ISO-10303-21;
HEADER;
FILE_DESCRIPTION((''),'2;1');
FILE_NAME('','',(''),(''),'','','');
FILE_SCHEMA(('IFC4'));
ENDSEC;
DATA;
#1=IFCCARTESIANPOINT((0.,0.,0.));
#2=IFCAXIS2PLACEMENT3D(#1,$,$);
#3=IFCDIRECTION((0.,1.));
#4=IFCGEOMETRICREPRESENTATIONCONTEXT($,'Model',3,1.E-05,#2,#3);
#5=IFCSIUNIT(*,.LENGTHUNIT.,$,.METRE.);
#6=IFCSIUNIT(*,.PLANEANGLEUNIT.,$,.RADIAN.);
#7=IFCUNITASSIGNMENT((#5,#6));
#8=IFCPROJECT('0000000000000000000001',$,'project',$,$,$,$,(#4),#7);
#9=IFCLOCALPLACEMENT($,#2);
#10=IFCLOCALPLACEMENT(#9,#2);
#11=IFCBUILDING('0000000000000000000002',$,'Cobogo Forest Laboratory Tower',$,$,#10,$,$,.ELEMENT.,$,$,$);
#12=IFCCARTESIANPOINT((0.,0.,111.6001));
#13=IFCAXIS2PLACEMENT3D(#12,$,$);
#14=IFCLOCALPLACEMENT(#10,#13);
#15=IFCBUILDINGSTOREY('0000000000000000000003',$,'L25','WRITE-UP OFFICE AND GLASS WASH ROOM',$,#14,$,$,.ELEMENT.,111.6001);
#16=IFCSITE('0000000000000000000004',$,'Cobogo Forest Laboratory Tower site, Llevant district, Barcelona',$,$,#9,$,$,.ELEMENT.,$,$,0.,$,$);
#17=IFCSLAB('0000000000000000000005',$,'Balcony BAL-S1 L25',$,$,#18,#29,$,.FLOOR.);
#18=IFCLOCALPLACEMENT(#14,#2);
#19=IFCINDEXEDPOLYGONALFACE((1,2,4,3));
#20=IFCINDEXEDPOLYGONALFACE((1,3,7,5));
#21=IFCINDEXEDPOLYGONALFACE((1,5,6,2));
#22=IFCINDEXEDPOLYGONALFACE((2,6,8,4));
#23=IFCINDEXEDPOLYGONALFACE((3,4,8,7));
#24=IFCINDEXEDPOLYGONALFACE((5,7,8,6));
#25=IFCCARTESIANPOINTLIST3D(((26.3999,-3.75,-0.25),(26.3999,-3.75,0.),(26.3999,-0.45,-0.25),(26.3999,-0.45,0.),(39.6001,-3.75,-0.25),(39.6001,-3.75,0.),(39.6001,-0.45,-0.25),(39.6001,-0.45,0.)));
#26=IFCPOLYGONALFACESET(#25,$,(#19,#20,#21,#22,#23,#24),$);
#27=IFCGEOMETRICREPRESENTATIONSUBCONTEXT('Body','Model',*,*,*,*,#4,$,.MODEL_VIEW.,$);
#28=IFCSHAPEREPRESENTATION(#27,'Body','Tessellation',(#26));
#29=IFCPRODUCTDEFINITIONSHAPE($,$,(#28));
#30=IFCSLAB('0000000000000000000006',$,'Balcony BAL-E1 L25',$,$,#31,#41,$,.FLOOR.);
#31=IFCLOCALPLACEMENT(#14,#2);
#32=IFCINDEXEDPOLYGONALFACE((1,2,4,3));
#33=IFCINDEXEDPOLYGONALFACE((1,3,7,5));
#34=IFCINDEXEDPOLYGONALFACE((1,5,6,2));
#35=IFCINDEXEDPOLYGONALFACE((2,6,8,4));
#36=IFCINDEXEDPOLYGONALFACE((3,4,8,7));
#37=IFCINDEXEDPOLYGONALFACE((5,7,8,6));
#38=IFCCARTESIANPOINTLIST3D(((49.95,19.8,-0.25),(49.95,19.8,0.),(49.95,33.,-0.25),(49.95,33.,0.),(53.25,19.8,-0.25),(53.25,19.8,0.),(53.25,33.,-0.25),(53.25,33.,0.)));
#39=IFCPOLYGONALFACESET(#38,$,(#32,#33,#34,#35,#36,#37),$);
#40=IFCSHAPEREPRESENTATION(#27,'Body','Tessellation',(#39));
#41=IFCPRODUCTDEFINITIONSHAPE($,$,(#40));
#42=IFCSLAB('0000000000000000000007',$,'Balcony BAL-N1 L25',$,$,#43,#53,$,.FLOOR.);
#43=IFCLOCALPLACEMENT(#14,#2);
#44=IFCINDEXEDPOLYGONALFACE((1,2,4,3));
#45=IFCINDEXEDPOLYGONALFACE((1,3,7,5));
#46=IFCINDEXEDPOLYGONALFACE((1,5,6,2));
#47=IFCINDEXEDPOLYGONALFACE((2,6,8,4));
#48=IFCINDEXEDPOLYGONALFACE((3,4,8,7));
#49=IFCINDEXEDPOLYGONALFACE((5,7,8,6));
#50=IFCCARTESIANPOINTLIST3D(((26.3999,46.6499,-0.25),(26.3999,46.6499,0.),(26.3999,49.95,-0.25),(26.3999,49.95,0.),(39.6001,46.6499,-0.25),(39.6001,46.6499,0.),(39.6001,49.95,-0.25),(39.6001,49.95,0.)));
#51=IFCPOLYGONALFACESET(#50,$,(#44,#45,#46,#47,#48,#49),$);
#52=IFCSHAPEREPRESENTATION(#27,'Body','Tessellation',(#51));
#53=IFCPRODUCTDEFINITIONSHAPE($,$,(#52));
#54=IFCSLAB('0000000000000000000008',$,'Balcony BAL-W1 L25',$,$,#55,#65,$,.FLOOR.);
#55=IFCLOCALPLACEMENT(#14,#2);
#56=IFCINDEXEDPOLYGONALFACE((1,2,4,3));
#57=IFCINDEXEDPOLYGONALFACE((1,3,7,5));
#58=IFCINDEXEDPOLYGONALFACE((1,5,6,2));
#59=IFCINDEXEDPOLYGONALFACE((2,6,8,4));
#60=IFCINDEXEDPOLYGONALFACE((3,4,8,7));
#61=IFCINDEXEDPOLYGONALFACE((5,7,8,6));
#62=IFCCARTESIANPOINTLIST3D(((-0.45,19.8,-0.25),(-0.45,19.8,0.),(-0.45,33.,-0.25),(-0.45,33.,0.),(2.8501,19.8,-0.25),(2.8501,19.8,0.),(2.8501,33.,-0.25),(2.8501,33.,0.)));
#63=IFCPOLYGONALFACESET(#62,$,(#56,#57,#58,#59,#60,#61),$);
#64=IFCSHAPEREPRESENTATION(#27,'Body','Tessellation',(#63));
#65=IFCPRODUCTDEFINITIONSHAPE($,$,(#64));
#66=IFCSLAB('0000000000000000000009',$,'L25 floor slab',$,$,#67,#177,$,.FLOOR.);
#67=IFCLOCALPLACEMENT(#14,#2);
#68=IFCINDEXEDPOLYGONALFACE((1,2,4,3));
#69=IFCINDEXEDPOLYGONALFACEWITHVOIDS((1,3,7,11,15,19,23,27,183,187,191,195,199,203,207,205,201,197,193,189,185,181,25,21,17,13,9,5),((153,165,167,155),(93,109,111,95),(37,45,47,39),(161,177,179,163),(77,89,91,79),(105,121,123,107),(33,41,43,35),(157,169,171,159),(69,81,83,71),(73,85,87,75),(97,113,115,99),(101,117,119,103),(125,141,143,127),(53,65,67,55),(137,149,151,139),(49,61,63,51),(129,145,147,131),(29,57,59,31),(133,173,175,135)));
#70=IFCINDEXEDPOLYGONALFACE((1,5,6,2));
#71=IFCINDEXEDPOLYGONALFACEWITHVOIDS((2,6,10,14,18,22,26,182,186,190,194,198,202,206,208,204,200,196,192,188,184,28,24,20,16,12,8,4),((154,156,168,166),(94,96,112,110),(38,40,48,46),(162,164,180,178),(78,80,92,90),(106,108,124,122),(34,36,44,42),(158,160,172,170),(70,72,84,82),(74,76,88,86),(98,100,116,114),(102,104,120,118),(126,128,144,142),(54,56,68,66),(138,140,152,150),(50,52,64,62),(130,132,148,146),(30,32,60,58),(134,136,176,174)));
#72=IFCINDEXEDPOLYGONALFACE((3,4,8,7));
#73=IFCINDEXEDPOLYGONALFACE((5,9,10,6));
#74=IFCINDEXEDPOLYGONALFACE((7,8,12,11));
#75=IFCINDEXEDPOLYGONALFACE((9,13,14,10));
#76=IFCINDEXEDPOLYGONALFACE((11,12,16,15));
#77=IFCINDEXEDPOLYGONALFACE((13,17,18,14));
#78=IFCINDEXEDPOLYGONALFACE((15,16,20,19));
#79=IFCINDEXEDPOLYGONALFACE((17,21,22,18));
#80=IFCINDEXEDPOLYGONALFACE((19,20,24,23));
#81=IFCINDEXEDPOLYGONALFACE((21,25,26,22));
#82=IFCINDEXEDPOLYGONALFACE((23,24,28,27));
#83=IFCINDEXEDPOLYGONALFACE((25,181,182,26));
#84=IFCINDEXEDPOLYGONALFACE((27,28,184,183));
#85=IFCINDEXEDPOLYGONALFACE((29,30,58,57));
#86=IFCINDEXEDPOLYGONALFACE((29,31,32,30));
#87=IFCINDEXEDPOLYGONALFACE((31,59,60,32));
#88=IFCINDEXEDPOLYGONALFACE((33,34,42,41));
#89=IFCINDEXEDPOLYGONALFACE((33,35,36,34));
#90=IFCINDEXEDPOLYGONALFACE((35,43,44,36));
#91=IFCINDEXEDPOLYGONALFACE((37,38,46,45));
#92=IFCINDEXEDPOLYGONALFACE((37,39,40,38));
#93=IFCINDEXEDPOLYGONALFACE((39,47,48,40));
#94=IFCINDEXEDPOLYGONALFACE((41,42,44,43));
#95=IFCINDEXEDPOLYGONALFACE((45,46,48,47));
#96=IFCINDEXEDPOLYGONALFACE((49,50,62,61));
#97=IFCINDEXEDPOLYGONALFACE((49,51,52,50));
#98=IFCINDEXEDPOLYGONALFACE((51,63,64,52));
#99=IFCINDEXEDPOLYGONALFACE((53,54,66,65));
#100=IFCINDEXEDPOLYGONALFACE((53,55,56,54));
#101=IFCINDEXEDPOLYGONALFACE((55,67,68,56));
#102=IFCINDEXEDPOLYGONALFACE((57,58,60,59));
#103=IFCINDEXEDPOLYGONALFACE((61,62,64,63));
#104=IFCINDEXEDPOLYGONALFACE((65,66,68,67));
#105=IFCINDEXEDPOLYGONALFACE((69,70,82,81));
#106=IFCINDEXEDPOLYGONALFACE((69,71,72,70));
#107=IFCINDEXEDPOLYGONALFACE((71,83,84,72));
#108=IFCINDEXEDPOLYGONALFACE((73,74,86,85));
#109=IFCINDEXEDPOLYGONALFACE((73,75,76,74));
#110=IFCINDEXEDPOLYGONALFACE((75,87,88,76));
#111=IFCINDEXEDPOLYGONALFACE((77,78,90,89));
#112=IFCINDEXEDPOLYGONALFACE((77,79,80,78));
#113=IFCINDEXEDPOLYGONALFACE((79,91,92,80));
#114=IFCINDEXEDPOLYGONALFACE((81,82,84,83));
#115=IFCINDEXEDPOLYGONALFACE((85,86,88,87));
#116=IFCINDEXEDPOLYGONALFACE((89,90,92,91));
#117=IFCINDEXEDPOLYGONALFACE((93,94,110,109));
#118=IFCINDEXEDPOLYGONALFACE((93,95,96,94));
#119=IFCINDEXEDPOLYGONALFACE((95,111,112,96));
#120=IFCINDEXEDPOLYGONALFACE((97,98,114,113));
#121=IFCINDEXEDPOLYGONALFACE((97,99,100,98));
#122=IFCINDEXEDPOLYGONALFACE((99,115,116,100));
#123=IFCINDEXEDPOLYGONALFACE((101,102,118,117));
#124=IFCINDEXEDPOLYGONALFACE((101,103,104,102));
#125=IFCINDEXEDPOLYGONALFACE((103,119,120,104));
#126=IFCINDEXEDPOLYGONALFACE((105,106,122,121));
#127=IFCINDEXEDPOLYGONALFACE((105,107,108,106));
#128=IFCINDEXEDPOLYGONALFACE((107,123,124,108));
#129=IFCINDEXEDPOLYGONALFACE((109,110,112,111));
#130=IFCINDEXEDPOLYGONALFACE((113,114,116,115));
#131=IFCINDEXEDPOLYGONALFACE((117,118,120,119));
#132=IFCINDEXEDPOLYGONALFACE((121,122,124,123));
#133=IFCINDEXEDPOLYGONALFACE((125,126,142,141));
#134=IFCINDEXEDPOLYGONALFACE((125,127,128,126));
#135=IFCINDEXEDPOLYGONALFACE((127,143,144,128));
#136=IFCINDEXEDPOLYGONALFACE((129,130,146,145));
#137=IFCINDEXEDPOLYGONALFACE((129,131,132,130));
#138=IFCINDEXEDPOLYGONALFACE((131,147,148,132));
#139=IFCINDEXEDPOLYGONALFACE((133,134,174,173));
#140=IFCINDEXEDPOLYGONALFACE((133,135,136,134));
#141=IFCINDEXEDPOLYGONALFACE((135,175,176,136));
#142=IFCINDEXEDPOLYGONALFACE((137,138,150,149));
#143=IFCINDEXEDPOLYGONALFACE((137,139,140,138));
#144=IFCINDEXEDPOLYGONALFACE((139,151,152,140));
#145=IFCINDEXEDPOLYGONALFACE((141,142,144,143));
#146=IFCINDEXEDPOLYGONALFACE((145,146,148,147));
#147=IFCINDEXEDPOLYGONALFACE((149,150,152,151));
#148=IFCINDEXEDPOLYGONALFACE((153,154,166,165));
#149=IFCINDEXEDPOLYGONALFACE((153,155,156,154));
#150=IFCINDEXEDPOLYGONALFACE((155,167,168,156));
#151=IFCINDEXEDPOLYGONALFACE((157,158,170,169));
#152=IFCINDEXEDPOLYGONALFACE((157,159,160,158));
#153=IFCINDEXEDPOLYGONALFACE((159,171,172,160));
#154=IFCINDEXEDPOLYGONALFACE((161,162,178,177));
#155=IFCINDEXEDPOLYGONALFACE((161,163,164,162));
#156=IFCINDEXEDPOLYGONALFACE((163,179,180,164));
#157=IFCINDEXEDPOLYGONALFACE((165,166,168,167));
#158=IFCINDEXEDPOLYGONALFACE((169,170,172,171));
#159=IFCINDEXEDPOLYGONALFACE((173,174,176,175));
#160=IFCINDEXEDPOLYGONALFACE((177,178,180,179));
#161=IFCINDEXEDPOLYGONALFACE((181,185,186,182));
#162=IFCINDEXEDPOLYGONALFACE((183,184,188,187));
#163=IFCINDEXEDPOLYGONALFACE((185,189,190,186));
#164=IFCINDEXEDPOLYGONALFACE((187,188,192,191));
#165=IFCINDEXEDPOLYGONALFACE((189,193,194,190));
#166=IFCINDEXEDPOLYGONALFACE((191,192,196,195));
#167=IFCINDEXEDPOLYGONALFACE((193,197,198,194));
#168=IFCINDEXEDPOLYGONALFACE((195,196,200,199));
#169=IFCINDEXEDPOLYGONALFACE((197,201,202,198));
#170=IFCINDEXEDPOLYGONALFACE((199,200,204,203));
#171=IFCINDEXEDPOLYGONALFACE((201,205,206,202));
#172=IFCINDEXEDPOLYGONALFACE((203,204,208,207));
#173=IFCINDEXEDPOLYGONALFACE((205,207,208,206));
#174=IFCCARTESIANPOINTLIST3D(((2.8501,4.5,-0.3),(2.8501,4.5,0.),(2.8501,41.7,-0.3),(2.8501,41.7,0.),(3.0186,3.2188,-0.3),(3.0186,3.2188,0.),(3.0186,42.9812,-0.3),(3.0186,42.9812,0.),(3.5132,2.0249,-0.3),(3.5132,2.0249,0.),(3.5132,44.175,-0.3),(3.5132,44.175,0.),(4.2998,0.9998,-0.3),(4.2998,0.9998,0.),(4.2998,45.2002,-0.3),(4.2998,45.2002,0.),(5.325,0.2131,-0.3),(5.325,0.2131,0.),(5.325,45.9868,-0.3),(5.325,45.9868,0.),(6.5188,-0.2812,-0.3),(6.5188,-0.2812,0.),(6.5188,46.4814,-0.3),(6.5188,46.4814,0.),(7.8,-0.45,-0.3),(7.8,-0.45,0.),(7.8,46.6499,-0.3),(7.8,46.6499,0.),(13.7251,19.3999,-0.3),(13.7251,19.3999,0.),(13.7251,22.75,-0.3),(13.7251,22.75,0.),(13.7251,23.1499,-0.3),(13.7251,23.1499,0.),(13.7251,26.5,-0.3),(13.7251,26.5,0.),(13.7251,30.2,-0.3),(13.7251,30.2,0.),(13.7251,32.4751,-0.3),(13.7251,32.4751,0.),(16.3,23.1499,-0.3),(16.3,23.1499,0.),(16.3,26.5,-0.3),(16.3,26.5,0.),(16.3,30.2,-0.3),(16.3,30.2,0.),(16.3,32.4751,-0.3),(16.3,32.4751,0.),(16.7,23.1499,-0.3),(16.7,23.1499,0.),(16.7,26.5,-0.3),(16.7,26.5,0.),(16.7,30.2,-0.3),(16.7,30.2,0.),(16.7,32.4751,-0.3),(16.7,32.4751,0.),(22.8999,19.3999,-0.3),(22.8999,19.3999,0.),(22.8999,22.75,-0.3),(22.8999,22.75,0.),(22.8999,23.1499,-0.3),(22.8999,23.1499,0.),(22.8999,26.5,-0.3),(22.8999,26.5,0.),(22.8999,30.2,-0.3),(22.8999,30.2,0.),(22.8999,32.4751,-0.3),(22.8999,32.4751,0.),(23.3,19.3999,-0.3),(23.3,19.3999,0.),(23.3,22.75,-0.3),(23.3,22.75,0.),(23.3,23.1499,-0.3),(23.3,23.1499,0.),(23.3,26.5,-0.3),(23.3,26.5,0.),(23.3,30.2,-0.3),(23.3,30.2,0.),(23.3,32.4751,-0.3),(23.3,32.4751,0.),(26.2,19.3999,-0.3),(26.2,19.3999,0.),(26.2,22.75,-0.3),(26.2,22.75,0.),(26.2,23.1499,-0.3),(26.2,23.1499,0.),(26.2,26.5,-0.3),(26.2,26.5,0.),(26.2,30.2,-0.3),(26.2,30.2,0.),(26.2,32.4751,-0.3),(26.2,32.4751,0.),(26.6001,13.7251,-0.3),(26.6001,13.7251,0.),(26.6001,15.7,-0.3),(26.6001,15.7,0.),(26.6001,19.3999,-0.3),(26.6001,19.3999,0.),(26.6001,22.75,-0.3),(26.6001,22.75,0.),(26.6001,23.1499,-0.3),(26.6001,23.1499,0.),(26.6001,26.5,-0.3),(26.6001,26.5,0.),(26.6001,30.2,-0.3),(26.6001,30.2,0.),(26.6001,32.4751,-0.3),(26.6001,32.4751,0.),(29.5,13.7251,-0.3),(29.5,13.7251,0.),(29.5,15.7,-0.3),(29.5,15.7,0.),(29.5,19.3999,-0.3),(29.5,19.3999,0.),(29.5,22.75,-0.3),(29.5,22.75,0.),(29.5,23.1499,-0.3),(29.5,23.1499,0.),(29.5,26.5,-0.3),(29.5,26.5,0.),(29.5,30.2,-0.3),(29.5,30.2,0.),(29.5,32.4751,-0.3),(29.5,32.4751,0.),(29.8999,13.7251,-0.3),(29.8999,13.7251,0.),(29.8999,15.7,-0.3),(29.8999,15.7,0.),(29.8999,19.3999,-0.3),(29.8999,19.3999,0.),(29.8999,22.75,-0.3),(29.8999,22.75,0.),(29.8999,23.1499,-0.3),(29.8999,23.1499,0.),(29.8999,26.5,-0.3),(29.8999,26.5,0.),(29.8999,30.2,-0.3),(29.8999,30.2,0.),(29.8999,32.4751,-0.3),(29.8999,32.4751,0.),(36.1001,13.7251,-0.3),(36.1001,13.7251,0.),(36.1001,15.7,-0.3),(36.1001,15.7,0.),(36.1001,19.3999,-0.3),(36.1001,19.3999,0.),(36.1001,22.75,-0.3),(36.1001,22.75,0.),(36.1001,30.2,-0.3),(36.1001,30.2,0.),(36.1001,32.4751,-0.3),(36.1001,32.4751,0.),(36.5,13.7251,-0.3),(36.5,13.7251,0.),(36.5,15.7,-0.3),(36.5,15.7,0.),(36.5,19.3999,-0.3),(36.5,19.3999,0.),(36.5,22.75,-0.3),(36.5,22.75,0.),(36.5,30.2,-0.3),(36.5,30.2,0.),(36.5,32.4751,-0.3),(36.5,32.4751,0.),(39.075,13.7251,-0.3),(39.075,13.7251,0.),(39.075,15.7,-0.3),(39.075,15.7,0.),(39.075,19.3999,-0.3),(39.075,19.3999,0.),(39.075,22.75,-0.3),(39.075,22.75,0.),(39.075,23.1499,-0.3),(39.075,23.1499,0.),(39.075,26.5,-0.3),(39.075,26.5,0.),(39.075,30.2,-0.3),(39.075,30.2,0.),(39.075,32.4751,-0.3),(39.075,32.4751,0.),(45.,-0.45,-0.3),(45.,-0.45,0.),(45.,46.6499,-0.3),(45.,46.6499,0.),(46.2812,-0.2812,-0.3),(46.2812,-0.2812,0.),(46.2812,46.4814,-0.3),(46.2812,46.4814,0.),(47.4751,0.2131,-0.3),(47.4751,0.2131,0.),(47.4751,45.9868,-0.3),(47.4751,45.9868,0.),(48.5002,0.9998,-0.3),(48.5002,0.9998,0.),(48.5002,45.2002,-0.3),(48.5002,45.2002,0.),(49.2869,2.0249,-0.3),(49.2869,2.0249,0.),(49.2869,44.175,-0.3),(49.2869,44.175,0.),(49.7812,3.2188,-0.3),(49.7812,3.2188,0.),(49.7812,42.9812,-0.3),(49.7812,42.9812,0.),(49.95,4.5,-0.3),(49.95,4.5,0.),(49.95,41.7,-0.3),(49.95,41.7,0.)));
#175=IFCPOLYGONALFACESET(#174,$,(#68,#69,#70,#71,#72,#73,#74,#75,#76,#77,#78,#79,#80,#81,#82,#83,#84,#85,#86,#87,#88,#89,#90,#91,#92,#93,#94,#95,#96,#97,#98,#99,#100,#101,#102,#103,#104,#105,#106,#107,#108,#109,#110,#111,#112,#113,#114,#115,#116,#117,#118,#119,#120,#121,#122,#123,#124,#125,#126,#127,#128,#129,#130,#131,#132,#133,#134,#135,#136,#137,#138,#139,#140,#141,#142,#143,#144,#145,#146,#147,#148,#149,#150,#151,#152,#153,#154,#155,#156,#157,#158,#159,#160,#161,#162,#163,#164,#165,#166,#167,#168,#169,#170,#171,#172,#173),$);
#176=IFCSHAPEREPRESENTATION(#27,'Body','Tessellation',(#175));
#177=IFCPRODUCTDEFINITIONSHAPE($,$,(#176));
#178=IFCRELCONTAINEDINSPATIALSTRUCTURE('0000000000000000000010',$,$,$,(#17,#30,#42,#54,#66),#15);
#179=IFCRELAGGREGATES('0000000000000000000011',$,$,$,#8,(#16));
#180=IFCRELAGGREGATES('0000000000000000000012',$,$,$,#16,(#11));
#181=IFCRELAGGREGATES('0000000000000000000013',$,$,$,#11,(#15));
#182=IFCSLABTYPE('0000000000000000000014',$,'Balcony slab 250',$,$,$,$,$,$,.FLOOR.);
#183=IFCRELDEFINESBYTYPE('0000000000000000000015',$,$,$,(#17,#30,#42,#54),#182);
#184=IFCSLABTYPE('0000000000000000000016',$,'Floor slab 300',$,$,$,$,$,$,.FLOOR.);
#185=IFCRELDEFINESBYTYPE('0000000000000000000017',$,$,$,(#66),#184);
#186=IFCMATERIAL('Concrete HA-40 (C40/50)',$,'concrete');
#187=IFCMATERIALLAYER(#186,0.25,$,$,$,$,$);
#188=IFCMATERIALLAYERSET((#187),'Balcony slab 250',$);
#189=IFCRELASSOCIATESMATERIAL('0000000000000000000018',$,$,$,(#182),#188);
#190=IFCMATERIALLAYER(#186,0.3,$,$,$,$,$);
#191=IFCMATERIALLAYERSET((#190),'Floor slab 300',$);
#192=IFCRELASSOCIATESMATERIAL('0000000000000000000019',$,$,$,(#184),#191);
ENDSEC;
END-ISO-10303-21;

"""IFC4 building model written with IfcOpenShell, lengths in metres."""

from ifc_helpers import new_model, si_unit, direction, frame, origin, place, context, subcontext, project, spatial, polyline, outline, extrude, material, layer, layer_set, type_object, element, save


model = new_model("IFC4")

# Units and contexts
model_context = context("Model", 3, precision=1e-05, world=origin(), true_north=direction((0.0, 1.0)))
body_context = subcontext(model_context, "Body", "Model", "MODEL_VIEW")
ifc_project = project(units=[si_unit("LENGTHUNIT", "METRE"), si_unit("PLANEANGLEUNIT", "RADIAN")], contexts=[model_context])

# Site, building, storey
site_placement = place(None, origin())
site = spatial("IfcSite", under=ifc_project, at=site_placement, Name="Cobogo Forest Laboratory Tower site, Llevant district, Barcelona", CompositionType="ELEMENT", RefElevation=0.0)
building_placement = place(site_placement, origin())
building = spatial("IfcBuilding", under=site, at=building_placement, Name="Cobogo Forest Laboratory Tower", CompositionType="ELEMENT")
storey_placement = place(building_placement, frame((0.0, 0.0, 111.6001)))
storey = spatial("IfcBuildingStorey", under=building, at=storey_placement, Name="L25", Description="WRITE-UP OFFICE AND GLASS WASH ROOM", CompositionType="ELEMENT", Elevation=111.6001)

# Slabs
ifc_material_1 = material(Name="Concrete HA-40 (C40/50)", Category="concrete")
ifc_layer_1 = layer(ifc_material_1, 0.25)
ifc_layer_set_1 = layer_set([ifc_layer_1], Name="Balcony slab 250")
slab_type_1 = type_object("IfcSlabType", Name="Balcony slab 250", PredefinedType="FLOOR", material=ifc_layer_set_1)
slab_1_placement = place(storey_placement, frame((0.0, 0.0, -0.25)))
element("IfcSlab", 1, at=slab_1_placement, inside=storey, type_object=slab_type_1, Name="Balcony BAL-S1 L25", PredefinedType="FLOOR", context=body_context, shape_type="SweptSolid", body=[
    extrude(outline(polyline([(26.3999, -3.75), (39.6001, -3.75), (39.6001, -0.45), (26.3999, -0.45), (26.3999, -3.75)])), origin(), (0.0, 0.0, 1.0), 0.25),
])
slab_2_placement = place(storey_placement, frame((0.0, 0.0, -0.25)))
element("IfcSlab", 2, at=slab_2_placement, inside=storey, type_object=slab_type_1, Name="Balcony BAL-E1 L25", PredefinedType="FLOOR", context=body_context, shape_type="SweptSolid", body=[
    extrude(outline(polyline([(49.95, 19.8), (53.25, 19.8), (53.25, 33.0), (49.95, 33.0), (49.95, 19.8)])), origin(), (0.0, 0.0, 1.0), 0.25),
])
slab_3_placement = place(storey_placement, frame((0.0, 0.0, -0.25)))
element("IfcSlab", 3, at=slab_3_placement, inside=storey, type_object=slab_type_1, Name="Balcony BAL-N1 L25", PredefinedType="FLOOR", context=body_context, shape_type="SweptSolid", body=[
    extrude(outline(polyline([(26.3999, 46.6499), (39.6001, 46.6499), (39.6001, 49.95), (26.3999, 49.95), (26.3999, 46.6499)])), origin(), (0.0, 0.0, 1.0), 0.25),
])
slab_4_placement = place(storey_placement, frame((0.0, 0.0, -0.25)))
element("IfcSlab", 4, at=slab_4_placement, inside=storey, type_object=slab_type_1, Name="Balcony BAL-W1 L25", PredefinedType="FLOOR", context=body_context, shape_type="SweptSolid", body=[
    extrude(outline(polyline([(-0.45, 19.8), (2.8501, 19.8), (2.8501, 33.0), (-0.45, 33.0), (-0.45, 19.8)])), origin(), (0.0, 0.0, 1.0), 0.25),
])
ifc_layer_2 = layer(ifc_material_1, 0.3)
ifc_layer_set_2 = layer_set([ifc_layer_2], Name="Floor slab 300")
slab_type_2 = type_object("IfcSlabType", Name="Floor slab 300", PredefinedType="FLOOR", material=ifc_layer_set_2)
slab_5_placement = place(storey_placement, frame((0.0, 0.0, -0.3)))
element("IfcSlab", 5, at=slab_5_placement, inside=storey, type_object=slab_type_2, Name="L25 floor slab", PredefinedType="FLOOR", context=body_context, shape_type="SweptSolid", body=[
    extrude(outline(polyline([(45.0, -0.45), (46.2812, -0.2812), (47.4751, 0.2131), (48.5002, 0.9998), (49.2869, 2.0249), (49.7812, 3.2188), (49.95, 4.5), (49.95, 41.7), (49.7812, 42.9812), (49.2869, 44.175), (48.5002, 45.2002), (47.4751, 45.9868), (46.2812, 46.4814), (45.0, 46.6499), (7.8, 46.6499), (6.5188, 46.4814), (5.325, 45.9868), (4.2998, 45.2002), (3.5132, 44.175), (3.0186, 42.9812), (2.8501, 41.7), (2.8501, 4.5), (3.0186, 3.2188), (3.5132, 2.0249), (4.2998, 0.9998), (5.325, 0.2131), (6.5188, -0.2812), (7.8, -0.45), (45.0, -0.45)]), holes=[polyline([(29.5, 13.7251), (26.6001, 13.7251), (26.6001, 15.7), (29.5, 15.7), (29.5, 13.7251)]), polyline([(36.1001, 15.7), (36.1001, 13.7251), (29.8999, 13.7251), (29.8999, 15.7), (36.1001, 15.7)]), polyline([(36.5, 13.7251), (36.5, 15.7), (39.075, 15.7), (39.075, 13.7251), (36.5, 13.7251)]), polyline([(13.7251, 19.3999), (13.7251, 22.75), (22.8999, 22.75), (22.8999, 19.3999), (13.7251, 19.3999)]), polyline([(23.3, 19.3999), (23.3, 22.75), (26.2, 22.75), (26.2, 19.3999), (23.3, 19.3999)]), polyline([(29.5, 19.3999), (26.6001, 19.3999), (26.6001, 22.75), (29.5, 22.75), (29.5, 19.3999)]), polyline([(36.1001, 22.75), (36.1001, 19.3999), (29.8999, 19.3999), (29.8999, 22.75), (36.1001, 22.75)]), polyline([(39.075, 19.3999), (36.5, 19.3999), (36.5, 22.75), (39.075, 22.75), (39.075, 19.3999)]), polyline([(16.3, 23.1499), (13.7251, 23.1499), (13.7251, 26.5), (16.3, 26.5), (16.3, 23.1499)]), polyline([(22.8999, 26.5), (22.8999, 23.1499), (16.7, 23.1499), (16.7, 26.5), (22.8999, 26.5)]), polyline([(26.2, 23.1499), (23.3, 23.1499), (23.3, 26.5), (26.2, 26.5), (26.2, 23.1499)]), polyline([(26.6001, 23.1499), (26.6001, 26.5), (29.5, 26.5), (29.5, 23.1499), (26.6001, 23.1499)]), polyline([(29.8999, 23.1499), (29.8999, 26.5), (39.075, 26.5), (39.075, 23.1499), (29.8999, 23.1499)]), polyline([(13.7251, 30.2), (13.7251, 32.4751), (16.3, 32.4751), (16.3, 30.2), (13.7251, 30.2)]), polyline([(22.8999, 32.4751), (22.8999, 30.2), (16.7, 30.2), (16.7, 32.4751), (22.8999, 32.4751)]), polyline([(23.3, 30.2), (23.3, 32.4751), (26.2, 32.4751), (26.2, 30.2), (23.3, 30.2)]), polyline([(26.6001, 30.2), (26.6001, 32.4751), (29.5, 32.4751), (29.5, 30.2), (26.6001, 30.2)]), polyline([(36.1001, 32.4751), (36.1001, 30.2), (29.8999, 30.2), (29.8999, 32.4751), (36.1001, 32.4751)]), polyline([(36.5, 30.2), (36.5, 32.4751), (39.075, 32.4751), (39.075, 30.2), (36.5, 30.2)])]), origin(), (0.0, 0.0, 1.0), 0.3),
])

save(model, "model.ifc")
